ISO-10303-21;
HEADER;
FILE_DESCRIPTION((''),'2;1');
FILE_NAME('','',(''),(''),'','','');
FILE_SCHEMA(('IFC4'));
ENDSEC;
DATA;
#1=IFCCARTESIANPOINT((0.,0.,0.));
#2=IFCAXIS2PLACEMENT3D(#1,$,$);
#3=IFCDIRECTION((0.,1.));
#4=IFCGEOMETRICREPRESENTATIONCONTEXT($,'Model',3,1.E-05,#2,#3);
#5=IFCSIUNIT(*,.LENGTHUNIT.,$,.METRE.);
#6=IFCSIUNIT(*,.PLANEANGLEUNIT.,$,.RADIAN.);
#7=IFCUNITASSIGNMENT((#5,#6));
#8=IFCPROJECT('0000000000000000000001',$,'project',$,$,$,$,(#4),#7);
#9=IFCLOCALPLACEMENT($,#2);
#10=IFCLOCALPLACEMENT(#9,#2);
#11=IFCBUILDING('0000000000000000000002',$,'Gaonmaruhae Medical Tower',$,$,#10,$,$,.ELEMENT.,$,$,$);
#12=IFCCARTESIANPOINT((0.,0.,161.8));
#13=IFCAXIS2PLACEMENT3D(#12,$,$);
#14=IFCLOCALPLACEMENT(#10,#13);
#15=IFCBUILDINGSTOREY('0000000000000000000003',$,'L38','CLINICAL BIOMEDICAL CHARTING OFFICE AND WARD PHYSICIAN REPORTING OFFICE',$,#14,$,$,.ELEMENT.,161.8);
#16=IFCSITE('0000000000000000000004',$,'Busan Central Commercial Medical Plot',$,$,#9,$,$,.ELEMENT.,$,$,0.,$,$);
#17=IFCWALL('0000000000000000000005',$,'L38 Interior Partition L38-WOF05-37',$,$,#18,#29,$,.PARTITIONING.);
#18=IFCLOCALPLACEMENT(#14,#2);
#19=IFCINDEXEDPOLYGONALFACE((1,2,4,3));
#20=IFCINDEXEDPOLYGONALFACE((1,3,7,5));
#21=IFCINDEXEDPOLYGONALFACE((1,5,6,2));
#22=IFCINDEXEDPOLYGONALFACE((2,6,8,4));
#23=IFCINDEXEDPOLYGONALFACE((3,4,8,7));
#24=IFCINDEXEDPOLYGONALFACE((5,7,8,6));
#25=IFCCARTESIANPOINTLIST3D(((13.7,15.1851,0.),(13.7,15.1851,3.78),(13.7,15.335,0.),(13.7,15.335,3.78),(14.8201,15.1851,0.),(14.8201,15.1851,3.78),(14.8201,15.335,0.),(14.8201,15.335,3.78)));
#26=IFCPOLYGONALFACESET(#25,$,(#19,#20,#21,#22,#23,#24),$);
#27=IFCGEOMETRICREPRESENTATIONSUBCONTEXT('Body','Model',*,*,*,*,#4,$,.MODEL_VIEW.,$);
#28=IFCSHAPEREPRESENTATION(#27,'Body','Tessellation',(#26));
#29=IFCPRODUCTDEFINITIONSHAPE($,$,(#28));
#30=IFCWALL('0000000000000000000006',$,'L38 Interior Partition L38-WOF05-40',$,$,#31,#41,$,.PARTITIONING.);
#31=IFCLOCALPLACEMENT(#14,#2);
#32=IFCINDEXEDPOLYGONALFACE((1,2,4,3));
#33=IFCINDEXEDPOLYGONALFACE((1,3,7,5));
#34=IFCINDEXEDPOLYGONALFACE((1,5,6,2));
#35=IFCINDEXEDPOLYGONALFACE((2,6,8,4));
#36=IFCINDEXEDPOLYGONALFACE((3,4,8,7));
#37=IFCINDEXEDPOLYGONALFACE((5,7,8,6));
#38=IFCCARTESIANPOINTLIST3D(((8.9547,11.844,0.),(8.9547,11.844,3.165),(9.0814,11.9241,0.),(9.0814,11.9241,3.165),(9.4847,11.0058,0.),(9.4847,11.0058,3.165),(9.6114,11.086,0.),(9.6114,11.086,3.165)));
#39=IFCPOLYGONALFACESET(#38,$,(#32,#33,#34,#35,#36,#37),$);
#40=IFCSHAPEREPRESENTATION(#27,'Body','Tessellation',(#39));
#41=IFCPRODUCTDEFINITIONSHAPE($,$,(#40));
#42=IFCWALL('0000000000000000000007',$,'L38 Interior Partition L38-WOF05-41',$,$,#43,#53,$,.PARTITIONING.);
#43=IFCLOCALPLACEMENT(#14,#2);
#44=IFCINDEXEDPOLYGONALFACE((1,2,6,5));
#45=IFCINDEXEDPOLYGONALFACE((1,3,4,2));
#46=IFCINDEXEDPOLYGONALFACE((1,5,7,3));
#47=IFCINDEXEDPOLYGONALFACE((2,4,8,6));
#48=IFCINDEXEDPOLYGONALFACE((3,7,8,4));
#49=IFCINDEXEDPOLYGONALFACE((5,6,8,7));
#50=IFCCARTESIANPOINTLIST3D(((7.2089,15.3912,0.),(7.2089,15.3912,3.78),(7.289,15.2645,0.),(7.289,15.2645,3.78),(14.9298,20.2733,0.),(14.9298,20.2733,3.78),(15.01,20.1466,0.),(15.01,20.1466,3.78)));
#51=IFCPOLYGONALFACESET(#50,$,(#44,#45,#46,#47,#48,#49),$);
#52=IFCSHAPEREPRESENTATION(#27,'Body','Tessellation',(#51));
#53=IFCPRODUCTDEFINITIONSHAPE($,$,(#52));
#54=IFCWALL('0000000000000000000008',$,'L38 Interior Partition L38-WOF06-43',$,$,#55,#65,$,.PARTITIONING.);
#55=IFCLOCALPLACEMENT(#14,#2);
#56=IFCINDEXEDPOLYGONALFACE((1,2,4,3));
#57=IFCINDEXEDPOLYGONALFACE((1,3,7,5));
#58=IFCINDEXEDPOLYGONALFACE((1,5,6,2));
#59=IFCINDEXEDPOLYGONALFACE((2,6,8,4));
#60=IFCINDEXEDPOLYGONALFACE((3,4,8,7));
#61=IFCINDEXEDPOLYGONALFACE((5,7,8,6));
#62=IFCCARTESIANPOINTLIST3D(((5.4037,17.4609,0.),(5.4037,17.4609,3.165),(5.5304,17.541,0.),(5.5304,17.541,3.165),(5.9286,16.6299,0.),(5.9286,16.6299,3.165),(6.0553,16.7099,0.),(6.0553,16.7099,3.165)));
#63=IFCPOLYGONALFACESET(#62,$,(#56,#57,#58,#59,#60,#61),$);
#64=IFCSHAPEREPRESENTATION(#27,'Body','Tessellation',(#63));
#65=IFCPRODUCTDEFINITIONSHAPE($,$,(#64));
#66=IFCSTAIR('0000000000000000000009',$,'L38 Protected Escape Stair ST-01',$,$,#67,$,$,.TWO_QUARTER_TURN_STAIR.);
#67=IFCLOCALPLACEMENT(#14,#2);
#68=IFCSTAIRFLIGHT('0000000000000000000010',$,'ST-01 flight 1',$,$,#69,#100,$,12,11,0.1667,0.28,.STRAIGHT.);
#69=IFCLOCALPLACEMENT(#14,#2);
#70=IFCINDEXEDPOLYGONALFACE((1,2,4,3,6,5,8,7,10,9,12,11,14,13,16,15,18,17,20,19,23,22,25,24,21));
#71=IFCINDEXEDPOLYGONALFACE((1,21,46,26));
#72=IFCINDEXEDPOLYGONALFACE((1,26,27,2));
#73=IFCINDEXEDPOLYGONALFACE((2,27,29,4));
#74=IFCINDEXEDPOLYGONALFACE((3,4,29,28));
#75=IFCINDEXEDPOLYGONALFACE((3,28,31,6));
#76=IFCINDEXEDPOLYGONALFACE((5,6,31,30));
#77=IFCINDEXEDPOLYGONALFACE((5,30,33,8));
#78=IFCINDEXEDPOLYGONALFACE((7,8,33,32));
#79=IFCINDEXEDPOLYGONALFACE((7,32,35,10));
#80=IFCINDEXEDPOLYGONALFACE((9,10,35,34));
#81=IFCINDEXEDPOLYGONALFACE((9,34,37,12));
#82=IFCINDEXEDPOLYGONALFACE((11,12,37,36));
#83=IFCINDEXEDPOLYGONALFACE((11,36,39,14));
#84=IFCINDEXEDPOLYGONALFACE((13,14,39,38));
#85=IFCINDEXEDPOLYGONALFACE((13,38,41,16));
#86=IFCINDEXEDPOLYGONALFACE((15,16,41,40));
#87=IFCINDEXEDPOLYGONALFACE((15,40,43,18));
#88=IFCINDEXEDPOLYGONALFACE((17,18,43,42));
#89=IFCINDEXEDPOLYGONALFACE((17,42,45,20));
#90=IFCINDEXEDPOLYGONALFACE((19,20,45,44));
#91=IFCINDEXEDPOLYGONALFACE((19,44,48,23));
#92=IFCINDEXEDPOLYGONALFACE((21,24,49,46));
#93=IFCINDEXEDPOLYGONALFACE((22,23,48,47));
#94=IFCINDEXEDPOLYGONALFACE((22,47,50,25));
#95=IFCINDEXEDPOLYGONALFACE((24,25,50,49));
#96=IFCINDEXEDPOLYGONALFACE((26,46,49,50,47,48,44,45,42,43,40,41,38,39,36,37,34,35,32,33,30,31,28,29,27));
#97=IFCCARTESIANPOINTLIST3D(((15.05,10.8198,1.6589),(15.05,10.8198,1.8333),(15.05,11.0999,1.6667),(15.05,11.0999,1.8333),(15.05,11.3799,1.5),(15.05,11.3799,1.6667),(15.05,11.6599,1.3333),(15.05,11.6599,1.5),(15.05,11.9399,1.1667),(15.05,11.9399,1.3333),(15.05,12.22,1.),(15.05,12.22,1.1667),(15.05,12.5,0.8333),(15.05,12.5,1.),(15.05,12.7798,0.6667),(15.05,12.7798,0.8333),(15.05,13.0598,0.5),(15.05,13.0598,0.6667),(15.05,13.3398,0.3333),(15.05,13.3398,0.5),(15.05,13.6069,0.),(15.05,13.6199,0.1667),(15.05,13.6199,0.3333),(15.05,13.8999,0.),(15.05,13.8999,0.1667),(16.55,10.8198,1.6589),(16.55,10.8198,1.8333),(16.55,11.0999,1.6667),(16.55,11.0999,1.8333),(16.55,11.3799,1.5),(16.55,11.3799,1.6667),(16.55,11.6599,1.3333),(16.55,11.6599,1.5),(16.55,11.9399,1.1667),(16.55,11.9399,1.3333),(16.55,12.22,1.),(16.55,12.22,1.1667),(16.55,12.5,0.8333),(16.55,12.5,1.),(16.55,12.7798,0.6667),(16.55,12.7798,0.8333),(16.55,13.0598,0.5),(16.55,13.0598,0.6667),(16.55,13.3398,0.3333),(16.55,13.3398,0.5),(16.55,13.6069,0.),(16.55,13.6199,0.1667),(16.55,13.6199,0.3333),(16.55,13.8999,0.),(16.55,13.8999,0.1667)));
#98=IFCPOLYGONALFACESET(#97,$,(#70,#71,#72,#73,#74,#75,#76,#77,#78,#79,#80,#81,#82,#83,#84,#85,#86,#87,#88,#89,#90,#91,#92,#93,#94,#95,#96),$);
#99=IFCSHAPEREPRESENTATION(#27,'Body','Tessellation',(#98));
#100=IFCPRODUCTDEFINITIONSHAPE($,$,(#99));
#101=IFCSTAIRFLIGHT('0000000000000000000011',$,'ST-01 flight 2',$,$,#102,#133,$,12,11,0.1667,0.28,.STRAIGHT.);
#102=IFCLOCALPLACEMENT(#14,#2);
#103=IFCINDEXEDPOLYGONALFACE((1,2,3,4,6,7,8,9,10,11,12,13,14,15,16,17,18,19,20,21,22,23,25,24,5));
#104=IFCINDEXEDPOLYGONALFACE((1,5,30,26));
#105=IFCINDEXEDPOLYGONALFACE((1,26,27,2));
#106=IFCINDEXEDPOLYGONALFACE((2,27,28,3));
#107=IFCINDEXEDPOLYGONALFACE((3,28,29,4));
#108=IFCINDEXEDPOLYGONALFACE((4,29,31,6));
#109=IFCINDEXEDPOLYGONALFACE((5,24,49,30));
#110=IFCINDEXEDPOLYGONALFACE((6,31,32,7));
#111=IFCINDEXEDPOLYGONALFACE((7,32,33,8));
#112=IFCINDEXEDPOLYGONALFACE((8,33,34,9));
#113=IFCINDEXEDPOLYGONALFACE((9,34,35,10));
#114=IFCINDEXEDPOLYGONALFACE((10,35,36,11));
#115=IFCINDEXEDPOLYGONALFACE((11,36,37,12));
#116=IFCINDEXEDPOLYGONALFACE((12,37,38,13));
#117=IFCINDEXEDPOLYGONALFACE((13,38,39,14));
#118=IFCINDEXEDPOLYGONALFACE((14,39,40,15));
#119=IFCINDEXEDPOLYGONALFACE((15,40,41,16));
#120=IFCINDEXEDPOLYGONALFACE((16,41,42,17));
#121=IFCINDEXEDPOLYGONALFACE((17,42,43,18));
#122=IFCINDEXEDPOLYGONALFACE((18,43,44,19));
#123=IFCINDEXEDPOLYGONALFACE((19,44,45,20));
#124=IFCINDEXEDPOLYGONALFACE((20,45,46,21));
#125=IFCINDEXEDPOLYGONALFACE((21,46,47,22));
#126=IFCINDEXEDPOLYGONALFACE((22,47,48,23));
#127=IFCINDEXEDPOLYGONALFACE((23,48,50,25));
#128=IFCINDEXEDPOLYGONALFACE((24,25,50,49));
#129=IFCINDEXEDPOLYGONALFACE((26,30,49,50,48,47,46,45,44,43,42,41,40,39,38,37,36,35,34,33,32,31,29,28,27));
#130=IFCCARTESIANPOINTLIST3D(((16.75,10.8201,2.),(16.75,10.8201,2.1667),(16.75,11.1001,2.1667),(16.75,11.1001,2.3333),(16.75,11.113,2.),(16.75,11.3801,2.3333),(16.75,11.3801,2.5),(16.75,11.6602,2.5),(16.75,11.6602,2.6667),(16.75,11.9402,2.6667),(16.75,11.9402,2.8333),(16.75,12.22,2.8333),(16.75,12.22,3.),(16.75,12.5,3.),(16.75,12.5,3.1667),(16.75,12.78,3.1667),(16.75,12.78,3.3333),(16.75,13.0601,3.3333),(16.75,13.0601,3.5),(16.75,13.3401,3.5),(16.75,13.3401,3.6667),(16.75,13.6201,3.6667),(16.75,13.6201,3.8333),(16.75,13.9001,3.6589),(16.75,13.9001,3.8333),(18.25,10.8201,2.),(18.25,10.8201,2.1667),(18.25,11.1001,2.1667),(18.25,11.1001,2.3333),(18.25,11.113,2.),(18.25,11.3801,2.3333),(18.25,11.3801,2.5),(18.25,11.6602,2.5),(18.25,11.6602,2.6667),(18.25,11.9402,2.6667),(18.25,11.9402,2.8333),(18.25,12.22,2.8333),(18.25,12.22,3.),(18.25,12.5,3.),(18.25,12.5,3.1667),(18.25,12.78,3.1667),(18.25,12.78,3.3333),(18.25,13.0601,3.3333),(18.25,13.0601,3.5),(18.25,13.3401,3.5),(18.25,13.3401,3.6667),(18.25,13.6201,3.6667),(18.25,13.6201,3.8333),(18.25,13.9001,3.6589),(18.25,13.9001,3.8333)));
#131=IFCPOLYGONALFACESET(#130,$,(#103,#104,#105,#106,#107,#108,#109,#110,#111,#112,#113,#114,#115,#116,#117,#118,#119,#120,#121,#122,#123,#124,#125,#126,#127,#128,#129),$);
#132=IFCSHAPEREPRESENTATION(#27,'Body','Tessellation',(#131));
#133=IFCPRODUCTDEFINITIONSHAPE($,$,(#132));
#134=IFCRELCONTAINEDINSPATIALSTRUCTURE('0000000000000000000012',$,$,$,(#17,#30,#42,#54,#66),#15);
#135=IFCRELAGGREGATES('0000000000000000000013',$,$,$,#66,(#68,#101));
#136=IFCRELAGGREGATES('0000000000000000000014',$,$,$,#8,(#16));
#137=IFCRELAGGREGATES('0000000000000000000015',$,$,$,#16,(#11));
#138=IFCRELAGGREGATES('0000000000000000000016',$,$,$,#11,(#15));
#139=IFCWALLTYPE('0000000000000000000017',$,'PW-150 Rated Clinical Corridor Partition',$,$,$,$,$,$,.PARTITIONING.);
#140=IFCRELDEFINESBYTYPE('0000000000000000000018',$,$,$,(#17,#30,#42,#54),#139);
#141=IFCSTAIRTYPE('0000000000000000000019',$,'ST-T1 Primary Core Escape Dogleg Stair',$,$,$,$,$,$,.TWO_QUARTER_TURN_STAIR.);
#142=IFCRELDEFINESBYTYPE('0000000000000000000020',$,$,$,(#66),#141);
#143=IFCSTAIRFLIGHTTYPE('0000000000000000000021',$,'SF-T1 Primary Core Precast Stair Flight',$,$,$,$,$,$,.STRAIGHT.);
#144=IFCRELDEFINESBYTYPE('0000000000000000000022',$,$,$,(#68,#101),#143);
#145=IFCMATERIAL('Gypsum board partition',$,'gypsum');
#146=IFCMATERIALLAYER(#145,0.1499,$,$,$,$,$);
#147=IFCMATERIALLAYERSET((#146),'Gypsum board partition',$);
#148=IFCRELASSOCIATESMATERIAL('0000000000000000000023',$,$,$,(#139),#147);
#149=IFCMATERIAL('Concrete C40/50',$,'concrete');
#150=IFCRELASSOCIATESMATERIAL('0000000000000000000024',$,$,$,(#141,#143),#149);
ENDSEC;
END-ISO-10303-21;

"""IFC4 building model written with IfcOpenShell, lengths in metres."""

from ifc_helpers import new_model, si_unit, direction, frame, frame_2d, origin, place, context, subcontext, project, spatial, polyline, rectangle, outline, extrude, material, layer, layer_set, type_object, element, aggregate, save


model = new_model("IFC4")

# Units and contexts
model_context = context("Model", 3, precision=1e-05, world=origin(), true_north=direction((0.0, 1.0)))
body_context = subcontext(model_context, "Body", "Model", "MODEL_VIEW")
ifc_project = project(units=[si_unit("LENGTHUNIT", "METRE"), si_unit("PLANEANGLEUNIT", "RADIAN")], contexts=[model_context])

# Site, building, storey
site_placement = place(None, origin())
site = spatial("IfcSite", under=ifc_project, at=site_placement, Name="Busan Central Commercial Medical Plot", CompositionType="ELEMENT", RefElevation=0.0)
building_placement = place(site_placement, origin())
building = spatial("IfcBuilding", under=site, at=building_placement, Name="Gaonmaruhae Medical Tower", CompositionType="ELEMENT")
storey_placement = place(building_placement, frame((0.0, 0.0, 161.8)))
storey = spatial("IfcBuildingStorey", under=building, at=storey_placement, Name="L38", Description="CLINICAL BIOMEDICAL CHARTING OFFICE AND WARD PHYSICIAN REPORTING OFFICE", CompositionType="ELEMENT", Elevation=161.8)

# Walls
ifc_material_1 = material(Name="Gypsum board partition", Category="gypsum")
ifc_layer_1 = layer(ifc_material_1, 0.1499)
ifc_layer_set_1 = layer_set([ifc_layer_1], Name="Gypsum board partition")
wall_type_1 = type_object("IfcWallType", Name="PW-150 Rated Clinical Corridor Partition", PredefinedType="PARTITIONING", material=ifc_layer_set_1)
wall_1_placement = place(storey_placement, frame((14.8201, 15.26, 0.0), z_axis=(0.0, 0.0, 1.0), x_axis=(-1.0, 0.0, 0.0)))
element("IfcWall", 1, at=wall_1_placement, inside=storey, type_object=wall_type_1, Name="L38 Interior Partition L38-WOF05-37", PredefinedType="PARTITIONING", context=body_context, shape_type="SweptSolid", body=[
    extrude(rectangle(XDim=1.1201, YDim=0.1499, at=frame_2d((0.5601, 0.0))), origin(), (0.0, 0.0, 1.0), 3.78),
])
wall_2_placement = place(storey_placement, frame((9.5481, 11.0459, 0.0), z_axis=(0.0, 0.0, 1.0), x_axis=(-0.534484, 0.845179, 0.0)))
element("IfcWall", 2, at=wall_2_placement, inside=storey, type_object=wall_type_1, Name="L38 Interior Partition L38-WOF05-40", PredefinedType="PARTITIONING", context=body_context, shape_type="SweptSolid", body=[
    extrude(rectangle(XDim=0.9917, YDim=0.1499, at=frame_2d((0.4958, 0.0))), origin(), (0.0, 0.0, 1.0), 3.165),
])
wall_3_placement = place(storey_placement, frame((7.249, 15.3279, 0.0), z_axis=(0.0, 0.0, 1.0), x_axis=(0.845207, 0.534438, 0.0)))
element("IfcWall", 3, at=wall_3_placement, inside=storey, type_object=wall_type_1, Name="L38 Interior Partition L38-WOF05-41", PredefinedType="PARTITIONING", context=body_context, shape_type="SweptSolid", body=[
    extrude(rectangle(XDim=9.135, YDim=0.1499, at=frame_2d((4.5674, 0.0))), origin(), (0.0, 0.0, 1.0), 3.78),
])
wall_4_placement = place(storey_placement, frame((5.9919, 16.6699, 0.0), z_axis=(0.0, 0.0, 1.0), x_axis=(-0.534012, 0.845477, 0.0)))
element("IfcWall", 4, at=wall_4_placement, inside=storey, type_object=wall_type_1, Name="L38 Interior Partition L38-WOF06-43", PredefinedType="PARTITIONING", context=body_context, shape_type="SweptSolid", body=[
    extrude(rectangle(XDim=0.9829, YDim=0.1499, at=frame_2d((0.4915, 0.0))), origin(), (0.0, 0.0, 1.0), 3.165),
])

# Stair, stair flights
ifc_material_2 = material(Name="Concrete C40/50", Category="concrete")
stair_type = type_object("IfcStairType", Name="ST-T1 Primary Core Escape Dogleg Stair", PredefinedType="TWO_QUARTER_TURN_STAIR", material=ifc_material_2)
stair_placement = place(storey_placement, origin())
stair = element("IfcStair", 5, at=stair_placement, inside=storey, type_object=stair_type, Name="L38 Protected Escape Stair ST-01", PredefinedType="TWO_QUARTER_TURN_STAIR")
stair_flight_type = type_object("IfcStairFlightType", Name="SF-T1 Primary Core Precast Stair Flight", PredefinedType="STRAIGHT", material=ifc_material_2)
stair_flight_1_placement = place(storey_placement, frame((15.8, 13.8999, 0.0), z_axis=(0.0, 0.0, 1.0), x_axis=(0.0, -1.0, 0.0)))
stair_flight_1 = element("IfcStairFlight", 6, at=stair_flight_1_placement, type_object=stair_flight_type, Name="ST-01 flight 1", NumberOfRisers=12, NumberOfTreads=11, PredefinedType="STRAIGHT", RiserHeight=0.1667, TreadLength=0.28, context=body_context, shape_type="SweptSolid", body=[
    extrude(outline(polyline([(0.0, 0.0), (0.0, 0.1667), (0.28, 0.1667), (0.28, 0.3333), (0.5601, 0.3333), (0.5601, 0.5), (0.8401, 0.5), (0.8401, 0.6667), (1.1201, 0.6667), (1.1201, 0.8333), (1.3999, 0.8333), (1.3999, 1.0), (1.6799, 1.0), (1.6799, 1.1667), (1.96, 1.1667), (1.96, 1.3333), (2.24, 1.3333), (2.24, 1.5), (2.52, 1.5), (2.52, 1.6667), (2.8, 1.6667), (2.8, 1.8333), (3.0801, 1.8333), (3.0801, 2.0), (3.0801, 1.6589), (0.293, 0.0), (0.0, 0.0)])), frame((0.0, 0.75, 0.0), z_axis=(0.0, -1.0, 0.0), x_axis=(1.0, 0.0, 0.0)), (0.0, 0.0, 1.0), 1.5),
])
stair_flight_2_placement = place(storey_placement, frame((17.5, 10.8201, 2.0), z_axis=(0.0, 0.0, 1.0), x_axis=(0.0, 1.0, 0.0)))
stair_flight_2 = element("IfcStairFlight", 7, at=stair_flight_2_placement, type_object=stair_flight_type, Name="ST-01 flight 2", NumberOfRisers=12, NumberOfTreads=11, PredefinedType="STRAIGHT", RiserHeight=0.1667, TreadLength=0.28, context=body_context, shape_type="SweptSolid", body=[
    extrude(outline(polyline([(0.0, 0.0), (0.0, 0.1667), (0.28, 0.1667), (0.28, 0.3333), (0.5601, 0.3333), (0.5601, 0.5), (0.8401, 0.5), (0.8401, 0.6667), (1.1201, 0.6667), (1.1201, 0.8333), (1.3999, 0.8333), (1.3999, 1.0), (1.6799, 1.0), (1.6799, 1.1667), (1.96, 1.1667), (1.96, 1.3333), (2.24, 1.3333), (2.24, 1.5), (2.52, 1.5), (2.52, 1.6667), (2.8, 1.6667), (2.8, 1.8333), (3.0801, 1.8333), (3.0801, 2.0), (3.0801, 1.6589), (0.293, 0.0), (0.0, 0.0)])), frame((0.0, 0.75, 0.0), z_axis=(0.0, -1.0, 0.0), x_axis=(1.0, 0.0, 0.0)), (0.0, 0.0, 1.0), 1.5),
])
aggregate(stair, [stair_flight_1, stair_flight_2])

save(model, "model.ifc")
